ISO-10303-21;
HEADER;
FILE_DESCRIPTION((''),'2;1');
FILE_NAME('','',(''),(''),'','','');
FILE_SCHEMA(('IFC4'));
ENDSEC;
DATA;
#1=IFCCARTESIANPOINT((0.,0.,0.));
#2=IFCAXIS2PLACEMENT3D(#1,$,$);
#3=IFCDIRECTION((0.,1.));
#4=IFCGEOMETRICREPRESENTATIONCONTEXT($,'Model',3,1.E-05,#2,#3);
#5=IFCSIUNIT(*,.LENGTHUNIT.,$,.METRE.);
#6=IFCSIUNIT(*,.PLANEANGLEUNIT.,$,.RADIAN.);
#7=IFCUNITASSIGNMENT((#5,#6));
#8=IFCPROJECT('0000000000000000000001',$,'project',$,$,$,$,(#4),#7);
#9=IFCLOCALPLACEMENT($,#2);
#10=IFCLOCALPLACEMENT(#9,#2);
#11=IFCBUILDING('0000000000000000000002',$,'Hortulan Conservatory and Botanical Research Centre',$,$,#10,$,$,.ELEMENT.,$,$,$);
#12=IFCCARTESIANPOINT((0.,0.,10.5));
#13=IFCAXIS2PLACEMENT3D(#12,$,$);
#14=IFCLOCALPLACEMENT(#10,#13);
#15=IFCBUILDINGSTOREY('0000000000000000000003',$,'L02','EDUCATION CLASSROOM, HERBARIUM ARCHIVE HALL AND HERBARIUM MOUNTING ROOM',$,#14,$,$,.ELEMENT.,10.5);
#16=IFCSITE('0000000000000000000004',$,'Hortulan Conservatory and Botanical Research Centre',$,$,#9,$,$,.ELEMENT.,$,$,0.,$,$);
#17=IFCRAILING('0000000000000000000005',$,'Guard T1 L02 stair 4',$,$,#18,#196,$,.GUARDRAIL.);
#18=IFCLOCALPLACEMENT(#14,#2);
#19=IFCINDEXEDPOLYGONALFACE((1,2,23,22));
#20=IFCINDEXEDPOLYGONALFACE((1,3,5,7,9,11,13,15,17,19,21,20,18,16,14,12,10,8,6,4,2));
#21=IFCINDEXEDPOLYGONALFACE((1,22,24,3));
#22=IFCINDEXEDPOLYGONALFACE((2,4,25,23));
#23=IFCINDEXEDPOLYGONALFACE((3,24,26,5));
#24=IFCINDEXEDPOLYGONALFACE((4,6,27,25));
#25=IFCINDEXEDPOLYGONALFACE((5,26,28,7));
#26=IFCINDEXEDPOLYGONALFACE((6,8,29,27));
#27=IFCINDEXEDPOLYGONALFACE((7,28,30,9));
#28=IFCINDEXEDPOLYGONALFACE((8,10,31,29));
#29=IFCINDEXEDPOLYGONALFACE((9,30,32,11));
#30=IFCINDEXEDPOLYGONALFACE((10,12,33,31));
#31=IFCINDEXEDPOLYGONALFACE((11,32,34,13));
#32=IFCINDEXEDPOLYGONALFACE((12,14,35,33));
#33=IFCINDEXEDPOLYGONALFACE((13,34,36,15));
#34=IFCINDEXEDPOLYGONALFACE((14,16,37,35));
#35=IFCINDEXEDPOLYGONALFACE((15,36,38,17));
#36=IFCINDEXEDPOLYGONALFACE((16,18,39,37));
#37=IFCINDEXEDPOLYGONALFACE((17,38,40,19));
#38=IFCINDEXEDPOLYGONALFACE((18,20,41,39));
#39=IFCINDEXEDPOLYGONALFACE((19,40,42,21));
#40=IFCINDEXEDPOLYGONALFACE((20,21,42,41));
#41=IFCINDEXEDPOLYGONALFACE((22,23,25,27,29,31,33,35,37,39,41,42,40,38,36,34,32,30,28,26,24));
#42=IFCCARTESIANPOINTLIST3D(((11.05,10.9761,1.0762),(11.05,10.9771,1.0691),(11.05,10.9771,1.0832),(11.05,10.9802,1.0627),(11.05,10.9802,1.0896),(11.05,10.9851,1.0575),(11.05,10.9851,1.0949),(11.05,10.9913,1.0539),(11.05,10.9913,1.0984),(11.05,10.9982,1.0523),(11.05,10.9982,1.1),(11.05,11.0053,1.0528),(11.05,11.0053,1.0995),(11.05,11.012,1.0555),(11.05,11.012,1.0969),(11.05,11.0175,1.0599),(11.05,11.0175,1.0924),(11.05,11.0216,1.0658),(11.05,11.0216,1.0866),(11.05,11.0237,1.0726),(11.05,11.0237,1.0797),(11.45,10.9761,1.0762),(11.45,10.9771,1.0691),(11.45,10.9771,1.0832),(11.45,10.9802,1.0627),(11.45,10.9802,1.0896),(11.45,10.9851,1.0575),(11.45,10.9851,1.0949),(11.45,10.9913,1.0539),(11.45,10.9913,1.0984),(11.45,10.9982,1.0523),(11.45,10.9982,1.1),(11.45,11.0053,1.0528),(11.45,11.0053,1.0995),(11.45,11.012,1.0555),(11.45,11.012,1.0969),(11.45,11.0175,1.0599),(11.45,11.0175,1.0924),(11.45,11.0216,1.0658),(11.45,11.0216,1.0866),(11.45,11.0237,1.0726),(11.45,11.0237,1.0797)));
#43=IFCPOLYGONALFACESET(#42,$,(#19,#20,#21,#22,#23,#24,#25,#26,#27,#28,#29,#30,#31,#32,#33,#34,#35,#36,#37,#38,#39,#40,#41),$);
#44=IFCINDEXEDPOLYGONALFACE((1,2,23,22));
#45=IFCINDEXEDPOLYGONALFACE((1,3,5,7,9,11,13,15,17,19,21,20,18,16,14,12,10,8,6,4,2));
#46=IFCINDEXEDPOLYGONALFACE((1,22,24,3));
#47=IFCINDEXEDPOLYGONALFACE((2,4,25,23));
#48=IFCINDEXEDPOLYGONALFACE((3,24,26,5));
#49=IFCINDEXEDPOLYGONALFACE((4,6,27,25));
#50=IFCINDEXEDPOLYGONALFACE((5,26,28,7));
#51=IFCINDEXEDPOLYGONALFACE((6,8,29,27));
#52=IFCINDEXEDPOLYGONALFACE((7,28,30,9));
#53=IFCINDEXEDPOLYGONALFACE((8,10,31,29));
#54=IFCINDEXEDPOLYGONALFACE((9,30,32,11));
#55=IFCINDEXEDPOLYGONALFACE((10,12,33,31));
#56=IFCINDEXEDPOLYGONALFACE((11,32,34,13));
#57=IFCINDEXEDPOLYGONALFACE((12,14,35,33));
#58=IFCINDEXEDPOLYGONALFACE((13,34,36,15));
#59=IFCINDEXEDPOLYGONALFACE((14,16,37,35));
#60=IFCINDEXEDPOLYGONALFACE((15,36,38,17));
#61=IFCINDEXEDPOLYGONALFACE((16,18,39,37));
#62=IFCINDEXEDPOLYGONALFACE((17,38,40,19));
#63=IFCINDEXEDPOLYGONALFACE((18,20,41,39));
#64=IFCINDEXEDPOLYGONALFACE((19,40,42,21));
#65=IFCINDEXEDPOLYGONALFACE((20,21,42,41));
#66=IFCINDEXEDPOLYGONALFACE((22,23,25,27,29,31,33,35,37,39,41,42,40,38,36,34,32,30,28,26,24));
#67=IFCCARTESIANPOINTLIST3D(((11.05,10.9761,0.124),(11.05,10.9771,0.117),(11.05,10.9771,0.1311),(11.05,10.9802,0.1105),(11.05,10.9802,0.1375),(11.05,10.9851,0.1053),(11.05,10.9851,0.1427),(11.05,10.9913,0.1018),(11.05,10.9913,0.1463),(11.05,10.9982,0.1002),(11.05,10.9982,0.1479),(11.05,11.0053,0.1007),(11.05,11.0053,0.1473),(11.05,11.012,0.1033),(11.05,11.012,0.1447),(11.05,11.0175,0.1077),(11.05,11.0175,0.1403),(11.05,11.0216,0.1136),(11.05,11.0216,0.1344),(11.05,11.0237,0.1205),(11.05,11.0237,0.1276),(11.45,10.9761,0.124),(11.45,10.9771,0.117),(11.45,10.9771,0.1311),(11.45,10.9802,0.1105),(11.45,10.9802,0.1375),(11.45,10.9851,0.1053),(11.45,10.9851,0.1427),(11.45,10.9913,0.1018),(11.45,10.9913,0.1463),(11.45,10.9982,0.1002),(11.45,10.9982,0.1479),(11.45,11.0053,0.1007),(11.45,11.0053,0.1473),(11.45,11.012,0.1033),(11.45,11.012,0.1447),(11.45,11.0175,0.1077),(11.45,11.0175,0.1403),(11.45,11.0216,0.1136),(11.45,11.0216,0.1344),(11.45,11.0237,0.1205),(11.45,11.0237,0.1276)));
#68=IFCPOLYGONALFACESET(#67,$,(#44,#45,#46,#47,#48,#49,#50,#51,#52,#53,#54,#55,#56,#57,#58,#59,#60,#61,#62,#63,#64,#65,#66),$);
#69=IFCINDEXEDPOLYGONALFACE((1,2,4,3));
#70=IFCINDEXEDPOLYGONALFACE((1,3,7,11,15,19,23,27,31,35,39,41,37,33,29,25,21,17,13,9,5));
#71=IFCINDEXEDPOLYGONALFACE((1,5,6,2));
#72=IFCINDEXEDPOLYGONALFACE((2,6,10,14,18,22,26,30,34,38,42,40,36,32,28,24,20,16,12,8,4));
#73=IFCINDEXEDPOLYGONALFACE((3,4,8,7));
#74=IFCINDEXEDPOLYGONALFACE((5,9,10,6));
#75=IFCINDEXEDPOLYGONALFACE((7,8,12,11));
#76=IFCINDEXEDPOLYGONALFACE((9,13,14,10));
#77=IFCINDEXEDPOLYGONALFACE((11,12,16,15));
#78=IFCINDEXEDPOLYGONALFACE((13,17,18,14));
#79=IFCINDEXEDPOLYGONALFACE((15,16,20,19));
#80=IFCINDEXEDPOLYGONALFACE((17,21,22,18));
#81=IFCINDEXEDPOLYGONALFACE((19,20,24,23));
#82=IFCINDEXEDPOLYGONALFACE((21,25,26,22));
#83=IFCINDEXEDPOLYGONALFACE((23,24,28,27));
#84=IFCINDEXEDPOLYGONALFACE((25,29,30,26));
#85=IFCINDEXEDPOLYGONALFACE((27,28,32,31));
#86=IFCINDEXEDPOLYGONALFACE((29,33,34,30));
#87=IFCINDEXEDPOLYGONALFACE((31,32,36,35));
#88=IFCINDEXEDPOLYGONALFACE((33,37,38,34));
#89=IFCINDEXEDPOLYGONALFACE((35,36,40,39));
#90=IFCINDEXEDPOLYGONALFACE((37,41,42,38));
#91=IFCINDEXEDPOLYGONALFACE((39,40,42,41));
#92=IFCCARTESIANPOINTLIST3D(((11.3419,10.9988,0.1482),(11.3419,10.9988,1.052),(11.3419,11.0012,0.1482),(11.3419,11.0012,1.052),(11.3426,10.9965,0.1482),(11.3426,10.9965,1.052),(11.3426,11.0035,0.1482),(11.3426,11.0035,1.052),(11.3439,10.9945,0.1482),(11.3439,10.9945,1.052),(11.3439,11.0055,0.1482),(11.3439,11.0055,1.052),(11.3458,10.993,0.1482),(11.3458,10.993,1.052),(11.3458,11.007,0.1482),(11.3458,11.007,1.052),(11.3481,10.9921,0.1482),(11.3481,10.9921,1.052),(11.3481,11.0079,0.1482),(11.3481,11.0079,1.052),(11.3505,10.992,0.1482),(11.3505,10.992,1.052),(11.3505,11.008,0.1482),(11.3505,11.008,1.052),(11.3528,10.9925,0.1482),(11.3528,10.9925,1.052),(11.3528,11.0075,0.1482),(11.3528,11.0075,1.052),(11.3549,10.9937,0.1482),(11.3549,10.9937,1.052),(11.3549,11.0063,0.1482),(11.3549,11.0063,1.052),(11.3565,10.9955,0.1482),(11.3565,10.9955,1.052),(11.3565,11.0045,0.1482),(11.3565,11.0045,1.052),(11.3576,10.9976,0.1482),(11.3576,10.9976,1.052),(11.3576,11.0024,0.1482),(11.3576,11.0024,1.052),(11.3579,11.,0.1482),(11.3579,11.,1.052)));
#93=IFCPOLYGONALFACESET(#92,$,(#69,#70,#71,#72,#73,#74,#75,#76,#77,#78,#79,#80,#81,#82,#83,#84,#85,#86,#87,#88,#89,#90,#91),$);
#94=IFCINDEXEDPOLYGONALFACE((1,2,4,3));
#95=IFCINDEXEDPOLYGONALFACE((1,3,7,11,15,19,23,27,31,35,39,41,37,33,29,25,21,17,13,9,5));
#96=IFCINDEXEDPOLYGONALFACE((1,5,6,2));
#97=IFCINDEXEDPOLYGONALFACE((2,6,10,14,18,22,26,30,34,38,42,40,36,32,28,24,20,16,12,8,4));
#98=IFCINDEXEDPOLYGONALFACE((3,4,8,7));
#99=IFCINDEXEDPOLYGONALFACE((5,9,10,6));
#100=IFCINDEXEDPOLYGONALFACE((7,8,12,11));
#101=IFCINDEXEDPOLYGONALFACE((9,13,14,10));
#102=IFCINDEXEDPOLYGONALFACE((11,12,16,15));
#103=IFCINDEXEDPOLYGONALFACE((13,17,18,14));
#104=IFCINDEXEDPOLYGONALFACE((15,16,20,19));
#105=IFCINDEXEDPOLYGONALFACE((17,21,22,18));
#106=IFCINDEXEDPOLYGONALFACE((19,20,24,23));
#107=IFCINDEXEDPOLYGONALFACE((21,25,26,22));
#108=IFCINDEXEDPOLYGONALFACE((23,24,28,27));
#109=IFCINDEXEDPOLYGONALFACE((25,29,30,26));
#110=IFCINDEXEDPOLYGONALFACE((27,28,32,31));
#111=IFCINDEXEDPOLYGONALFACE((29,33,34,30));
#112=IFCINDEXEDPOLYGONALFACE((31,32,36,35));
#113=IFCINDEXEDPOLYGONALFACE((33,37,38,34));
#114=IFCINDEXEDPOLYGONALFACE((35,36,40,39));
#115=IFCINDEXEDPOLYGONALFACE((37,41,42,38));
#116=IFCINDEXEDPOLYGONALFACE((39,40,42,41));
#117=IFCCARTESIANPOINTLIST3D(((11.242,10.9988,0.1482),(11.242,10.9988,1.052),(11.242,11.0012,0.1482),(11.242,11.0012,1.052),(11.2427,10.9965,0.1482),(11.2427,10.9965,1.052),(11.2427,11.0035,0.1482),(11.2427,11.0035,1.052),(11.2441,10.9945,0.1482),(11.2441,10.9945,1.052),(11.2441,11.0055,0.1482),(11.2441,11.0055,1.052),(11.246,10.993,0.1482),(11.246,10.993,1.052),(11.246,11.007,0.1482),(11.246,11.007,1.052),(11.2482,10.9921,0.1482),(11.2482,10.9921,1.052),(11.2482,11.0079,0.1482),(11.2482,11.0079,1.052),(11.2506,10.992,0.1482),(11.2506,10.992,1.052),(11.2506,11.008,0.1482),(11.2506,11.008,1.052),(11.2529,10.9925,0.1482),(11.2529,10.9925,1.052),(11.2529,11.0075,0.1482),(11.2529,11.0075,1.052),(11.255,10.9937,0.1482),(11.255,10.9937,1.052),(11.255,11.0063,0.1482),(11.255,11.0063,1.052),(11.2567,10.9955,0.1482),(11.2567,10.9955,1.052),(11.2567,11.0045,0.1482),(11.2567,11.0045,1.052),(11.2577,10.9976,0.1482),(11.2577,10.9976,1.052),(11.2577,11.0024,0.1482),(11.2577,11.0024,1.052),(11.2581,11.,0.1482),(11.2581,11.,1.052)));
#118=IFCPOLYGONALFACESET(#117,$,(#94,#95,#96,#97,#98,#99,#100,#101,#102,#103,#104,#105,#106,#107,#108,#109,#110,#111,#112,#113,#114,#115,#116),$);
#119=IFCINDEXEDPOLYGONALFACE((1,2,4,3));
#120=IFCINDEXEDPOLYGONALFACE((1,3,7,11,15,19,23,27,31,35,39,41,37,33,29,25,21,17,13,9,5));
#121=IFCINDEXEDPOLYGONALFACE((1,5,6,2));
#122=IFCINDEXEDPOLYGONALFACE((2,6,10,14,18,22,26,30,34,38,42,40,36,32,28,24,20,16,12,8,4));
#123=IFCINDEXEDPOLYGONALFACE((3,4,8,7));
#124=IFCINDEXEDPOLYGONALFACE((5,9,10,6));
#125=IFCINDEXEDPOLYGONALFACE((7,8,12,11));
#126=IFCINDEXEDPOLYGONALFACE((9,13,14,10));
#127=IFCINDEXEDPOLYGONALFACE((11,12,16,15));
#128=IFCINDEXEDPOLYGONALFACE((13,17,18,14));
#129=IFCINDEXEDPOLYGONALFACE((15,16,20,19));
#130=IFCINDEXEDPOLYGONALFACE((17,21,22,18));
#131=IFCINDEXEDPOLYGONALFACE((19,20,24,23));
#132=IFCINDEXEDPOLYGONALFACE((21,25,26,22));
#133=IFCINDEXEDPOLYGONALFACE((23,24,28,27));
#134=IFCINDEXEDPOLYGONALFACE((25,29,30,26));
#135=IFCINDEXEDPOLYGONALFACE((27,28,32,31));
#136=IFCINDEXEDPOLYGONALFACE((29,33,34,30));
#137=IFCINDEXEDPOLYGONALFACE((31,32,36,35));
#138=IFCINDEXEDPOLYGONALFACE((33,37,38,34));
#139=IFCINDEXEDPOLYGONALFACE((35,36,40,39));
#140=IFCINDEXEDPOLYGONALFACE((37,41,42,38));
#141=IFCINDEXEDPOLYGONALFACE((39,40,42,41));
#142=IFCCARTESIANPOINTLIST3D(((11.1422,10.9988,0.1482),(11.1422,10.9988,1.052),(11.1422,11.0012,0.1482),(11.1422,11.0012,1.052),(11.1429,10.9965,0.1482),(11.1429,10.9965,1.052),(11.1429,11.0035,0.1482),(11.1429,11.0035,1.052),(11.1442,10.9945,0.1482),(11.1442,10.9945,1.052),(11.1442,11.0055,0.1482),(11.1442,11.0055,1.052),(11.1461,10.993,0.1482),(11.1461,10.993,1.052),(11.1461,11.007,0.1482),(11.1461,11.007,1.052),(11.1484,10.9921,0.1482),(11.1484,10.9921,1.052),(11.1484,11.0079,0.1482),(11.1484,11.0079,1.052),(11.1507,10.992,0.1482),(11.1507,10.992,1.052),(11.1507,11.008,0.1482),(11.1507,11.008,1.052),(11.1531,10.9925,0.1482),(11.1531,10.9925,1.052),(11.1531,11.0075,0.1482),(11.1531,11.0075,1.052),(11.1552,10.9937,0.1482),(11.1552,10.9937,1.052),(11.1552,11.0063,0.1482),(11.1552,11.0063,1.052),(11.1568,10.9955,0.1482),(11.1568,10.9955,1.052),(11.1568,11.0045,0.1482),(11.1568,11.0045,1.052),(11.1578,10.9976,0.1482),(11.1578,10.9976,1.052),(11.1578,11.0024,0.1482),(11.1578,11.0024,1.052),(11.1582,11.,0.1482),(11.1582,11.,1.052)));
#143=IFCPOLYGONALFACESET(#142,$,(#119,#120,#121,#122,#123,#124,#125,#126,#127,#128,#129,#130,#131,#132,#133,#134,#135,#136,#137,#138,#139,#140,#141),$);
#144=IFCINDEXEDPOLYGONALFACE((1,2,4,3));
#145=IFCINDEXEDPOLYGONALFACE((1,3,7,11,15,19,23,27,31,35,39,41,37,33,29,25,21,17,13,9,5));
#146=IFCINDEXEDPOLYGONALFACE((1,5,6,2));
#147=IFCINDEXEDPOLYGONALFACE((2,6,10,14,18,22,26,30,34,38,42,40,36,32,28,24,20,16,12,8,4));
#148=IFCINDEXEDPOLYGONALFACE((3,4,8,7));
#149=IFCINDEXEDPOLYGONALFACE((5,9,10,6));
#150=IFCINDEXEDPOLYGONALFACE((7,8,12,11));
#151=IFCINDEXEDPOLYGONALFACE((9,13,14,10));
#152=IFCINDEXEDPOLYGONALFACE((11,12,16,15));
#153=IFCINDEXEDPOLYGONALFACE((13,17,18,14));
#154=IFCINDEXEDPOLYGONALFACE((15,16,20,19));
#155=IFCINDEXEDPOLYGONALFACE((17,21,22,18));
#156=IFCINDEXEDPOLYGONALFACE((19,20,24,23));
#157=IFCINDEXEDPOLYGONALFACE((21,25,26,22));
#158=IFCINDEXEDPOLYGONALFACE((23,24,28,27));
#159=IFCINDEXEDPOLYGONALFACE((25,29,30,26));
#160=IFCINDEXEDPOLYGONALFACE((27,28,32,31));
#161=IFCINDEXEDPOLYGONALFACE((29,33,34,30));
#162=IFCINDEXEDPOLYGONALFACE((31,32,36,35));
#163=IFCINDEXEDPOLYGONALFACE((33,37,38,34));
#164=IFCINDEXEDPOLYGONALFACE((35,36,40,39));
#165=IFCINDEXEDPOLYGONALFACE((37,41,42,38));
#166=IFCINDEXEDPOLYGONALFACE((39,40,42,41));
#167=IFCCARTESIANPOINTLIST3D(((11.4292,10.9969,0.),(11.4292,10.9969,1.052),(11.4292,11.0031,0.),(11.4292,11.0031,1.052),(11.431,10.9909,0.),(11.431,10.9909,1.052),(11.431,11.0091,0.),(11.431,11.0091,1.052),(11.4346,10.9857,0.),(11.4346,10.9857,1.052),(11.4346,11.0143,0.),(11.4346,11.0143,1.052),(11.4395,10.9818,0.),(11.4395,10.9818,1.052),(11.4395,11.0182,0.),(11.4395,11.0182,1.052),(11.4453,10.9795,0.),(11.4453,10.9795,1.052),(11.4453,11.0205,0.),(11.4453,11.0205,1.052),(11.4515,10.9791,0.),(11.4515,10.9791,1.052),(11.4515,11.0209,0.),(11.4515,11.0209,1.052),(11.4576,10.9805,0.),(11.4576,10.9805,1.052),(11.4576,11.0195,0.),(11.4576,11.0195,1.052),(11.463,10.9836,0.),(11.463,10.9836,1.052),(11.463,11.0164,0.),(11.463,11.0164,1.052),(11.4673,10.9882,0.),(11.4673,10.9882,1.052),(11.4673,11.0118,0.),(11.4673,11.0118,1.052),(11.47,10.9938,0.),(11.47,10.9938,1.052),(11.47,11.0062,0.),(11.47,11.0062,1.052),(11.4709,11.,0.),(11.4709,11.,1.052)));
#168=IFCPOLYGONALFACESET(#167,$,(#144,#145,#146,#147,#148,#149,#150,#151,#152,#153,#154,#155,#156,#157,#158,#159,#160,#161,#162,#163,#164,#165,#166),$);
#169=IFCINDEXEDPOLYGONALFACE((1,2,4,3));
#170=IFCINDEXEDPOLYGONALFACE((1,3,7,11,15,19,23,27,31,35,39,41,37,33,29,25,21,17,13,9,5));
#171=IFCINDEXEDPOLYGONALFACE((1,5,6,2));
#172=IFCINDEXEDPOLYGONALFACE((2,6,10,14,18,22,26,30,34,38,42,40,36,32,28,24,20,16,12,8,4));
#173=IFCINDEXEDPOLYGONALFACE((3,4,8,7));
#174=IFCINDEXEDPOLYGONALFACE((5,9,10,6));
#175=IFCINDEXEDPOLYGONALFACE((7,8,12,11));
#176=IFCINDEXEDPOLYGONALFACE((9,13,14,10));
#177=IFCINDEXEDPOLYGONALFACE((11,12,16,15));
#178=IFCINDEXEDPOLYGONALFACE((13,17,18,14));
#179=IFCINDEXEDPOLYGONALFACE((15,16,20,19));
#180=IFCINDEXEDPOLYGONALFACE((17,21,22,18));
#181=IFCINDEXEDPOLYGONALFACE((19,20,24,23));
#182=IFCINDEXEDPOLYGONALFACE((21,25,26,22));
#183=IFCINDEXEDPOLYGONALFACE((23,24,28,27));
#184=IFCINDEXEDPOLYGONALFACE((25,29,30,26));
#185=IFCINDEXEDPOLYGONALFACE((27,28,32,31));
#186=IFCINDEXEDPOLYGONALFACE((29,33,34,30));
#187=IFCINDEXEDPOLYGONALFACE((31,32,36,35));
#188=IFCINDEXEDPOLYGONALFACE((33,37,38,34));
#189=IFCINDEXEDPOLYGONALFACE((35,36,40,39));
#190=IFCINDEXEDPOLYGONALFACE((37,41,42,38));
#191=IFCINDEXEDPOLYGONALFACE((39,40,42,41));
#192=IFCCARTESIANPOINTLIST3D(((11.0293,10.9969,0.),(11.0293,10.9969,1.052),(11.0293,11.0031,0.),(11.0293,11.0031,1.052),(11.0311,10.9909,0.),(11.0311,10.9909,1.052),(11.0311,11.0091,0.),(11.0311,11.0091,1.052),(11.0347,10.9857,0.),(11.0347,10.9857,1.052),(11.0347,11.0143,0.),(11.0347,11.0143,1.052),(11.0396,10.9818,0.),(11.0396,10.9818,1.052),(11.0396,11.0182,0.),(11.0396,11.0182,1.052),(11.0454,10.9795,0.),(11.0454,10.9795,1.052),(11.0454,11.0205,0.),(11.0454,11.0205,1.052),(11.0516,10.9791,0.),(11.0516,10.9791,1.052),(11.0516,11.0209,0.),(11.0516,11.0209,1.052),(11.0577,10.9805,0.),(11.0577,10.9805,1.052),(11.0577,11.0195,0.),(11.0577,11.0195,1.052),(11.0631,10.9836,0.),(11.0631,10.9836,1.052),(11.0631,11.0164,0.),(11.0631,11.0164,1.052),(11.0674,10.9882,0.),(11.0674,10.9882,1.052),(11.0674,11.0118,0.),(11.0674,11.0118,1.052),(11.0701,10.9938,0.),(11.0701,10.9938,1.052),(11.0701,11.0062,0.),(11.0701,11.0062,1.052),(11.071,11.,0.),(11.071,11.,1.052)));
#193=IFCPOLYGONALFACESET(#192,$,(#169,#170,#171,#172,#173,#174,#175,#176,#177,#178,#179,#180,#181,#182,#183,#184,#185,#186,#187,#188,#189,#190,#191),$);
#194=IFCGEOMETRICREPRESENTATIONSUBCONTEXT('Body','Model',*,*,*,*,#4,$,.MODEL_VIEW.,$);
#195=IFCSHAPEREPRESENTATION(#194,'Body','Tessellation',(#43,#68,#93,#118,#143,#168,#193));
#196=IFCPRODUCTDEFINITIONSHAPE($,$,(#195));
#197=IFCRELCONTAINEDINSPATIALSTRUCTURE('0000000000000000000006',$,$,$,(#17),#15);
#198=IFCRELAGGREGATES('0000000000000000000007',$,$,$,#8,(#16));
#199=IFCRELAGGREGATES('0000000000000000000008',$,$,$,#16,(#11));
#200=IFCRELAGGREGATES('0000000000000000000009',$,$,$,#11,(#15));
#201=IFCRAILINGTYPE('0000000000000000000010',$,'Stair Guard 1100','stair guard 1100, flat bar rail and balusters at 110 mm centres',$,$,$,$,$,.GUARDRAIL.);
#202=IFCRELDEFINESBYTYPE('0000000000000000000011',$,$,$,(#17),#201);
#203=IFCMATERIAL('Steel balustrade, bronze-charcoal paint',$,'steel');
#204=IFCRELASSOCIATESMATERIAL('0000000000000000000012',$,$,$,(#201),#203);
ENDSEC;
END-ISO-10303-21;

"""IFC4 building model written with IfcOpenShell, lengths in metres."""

from ifc_helpers import new_model, si_unit, direction, frame, origin, origin_2d, place, context, subcontext, project, spatial, circle, extrude, material, type_object, element, save


model = new_model("IFC4")

# Units and contexts
model_context = context("Model", 3, precision=1e-05, world=origin(), true_north=direction((0.0, 1.0)))
body_context = subcontext(model_context, "Body", "Model", "MODEL_VIEW")
ifc_project = project(units=[si_unit("LENGTHUNIT", "METRE"), si_unit("PLANEANGLEUNIT", "RADIAN")], contexts=[model_context])

# Site, building, storey
site_placement = place(None, origin())
site = spatial("IfcSite", under=ifc_project, at=site_placement, Name="Hortulan Conservatory and Botanical Research Centre", CompositionType="ELEMENT", RefElevation=0.0)
building_placement = place(site_placement, origin())
building = spatial("IfcBuilding", under=site, at=building_placement, Name="Hortulan Conservatory and Botanical Research Centre", CompositionType="ELEMENT")
storey_placement = place(building_placement, frame((0.0, 0.0, 10.5)))
storey = spatial("IfcBuildingStorey", under=building, at=storey_placement, Name="L02", Description="EDUCATION CLASSROOM, HERBARIUM ARCHIVE HALL AND HERBARIUM MOUNTING ROOM", CompositionType="ELEMENT", Elevation=10.5)

# Railing
ifc_material_1 = material(Name="Steel balustrade, bronze-charcoal paint", Category="steel")
railing_type_1 = type_object("IfcRailingType", Name="Stair Guard 1100", Description="stair guard 1100, flat bar rail and balusters at 110 mm centres", PredefinedType="GUARDRAIL", material=ifc_material_1)
railing_1_placement = place(storey_placement, frame((11.45, 11.0, 0.0)))
element("IfcRailing", 1, at=railing_1_placement, inside=storey, type_object=railing_type_1, Name="Guard T1 L02 stair 4", PredefinedType="GUARDRAIL", context=body_context, shape_type="SweptSolid", body=[
    extrude(circle(Radius=0.0239, at=origin_2d()), frame((0.0, 0.0, 1.0762), z_axis=(-1.0, 0.0, 0.0), x_axis=(0.0, -1.0, 0.0)), (0.0, 0.0, 1.0), 0.3999),
    extrude(circle(Radius=0.0239, at=origin_2d()), frame((0.0, 0.0, 0.124), z_axis=(-1.0, 0.0, 0.0), x_axis=(0.0, -1.0, 0.0)), (0.0, 0.0, 1.0), 0.3999),
    extrude(circle(Radius=0.0081, at=origin_2d()), frame((-0.1001, 0.0, 0.1482)), (0.0, 0.0, 1.0), 0.9038),
    extrude(circle(Radius=0.0081, at=origin_2d()), frame((-0.2, 0.0, 0.1482)), (0.0, 0.0, 1.0), 0.9038),
    extrude(circle(Radius=0.0081, at=origin_2d()), frame((-0.2998, 0.0, 0.1482)), (0.0, 0.0, 1.0), 0.9038),
    extrude(circle(Radius=0.021, at=origin_2d()), origin(), (0.0, 0.0, 1.0), 1.052),
    extrude(circle(Radius=0.021, at=origin_2d()), frame((-0.3999, 0.0, 0.0)), (0.0, 0.0, 1.0), 1.052),
])

save(model, "model.ifc")
